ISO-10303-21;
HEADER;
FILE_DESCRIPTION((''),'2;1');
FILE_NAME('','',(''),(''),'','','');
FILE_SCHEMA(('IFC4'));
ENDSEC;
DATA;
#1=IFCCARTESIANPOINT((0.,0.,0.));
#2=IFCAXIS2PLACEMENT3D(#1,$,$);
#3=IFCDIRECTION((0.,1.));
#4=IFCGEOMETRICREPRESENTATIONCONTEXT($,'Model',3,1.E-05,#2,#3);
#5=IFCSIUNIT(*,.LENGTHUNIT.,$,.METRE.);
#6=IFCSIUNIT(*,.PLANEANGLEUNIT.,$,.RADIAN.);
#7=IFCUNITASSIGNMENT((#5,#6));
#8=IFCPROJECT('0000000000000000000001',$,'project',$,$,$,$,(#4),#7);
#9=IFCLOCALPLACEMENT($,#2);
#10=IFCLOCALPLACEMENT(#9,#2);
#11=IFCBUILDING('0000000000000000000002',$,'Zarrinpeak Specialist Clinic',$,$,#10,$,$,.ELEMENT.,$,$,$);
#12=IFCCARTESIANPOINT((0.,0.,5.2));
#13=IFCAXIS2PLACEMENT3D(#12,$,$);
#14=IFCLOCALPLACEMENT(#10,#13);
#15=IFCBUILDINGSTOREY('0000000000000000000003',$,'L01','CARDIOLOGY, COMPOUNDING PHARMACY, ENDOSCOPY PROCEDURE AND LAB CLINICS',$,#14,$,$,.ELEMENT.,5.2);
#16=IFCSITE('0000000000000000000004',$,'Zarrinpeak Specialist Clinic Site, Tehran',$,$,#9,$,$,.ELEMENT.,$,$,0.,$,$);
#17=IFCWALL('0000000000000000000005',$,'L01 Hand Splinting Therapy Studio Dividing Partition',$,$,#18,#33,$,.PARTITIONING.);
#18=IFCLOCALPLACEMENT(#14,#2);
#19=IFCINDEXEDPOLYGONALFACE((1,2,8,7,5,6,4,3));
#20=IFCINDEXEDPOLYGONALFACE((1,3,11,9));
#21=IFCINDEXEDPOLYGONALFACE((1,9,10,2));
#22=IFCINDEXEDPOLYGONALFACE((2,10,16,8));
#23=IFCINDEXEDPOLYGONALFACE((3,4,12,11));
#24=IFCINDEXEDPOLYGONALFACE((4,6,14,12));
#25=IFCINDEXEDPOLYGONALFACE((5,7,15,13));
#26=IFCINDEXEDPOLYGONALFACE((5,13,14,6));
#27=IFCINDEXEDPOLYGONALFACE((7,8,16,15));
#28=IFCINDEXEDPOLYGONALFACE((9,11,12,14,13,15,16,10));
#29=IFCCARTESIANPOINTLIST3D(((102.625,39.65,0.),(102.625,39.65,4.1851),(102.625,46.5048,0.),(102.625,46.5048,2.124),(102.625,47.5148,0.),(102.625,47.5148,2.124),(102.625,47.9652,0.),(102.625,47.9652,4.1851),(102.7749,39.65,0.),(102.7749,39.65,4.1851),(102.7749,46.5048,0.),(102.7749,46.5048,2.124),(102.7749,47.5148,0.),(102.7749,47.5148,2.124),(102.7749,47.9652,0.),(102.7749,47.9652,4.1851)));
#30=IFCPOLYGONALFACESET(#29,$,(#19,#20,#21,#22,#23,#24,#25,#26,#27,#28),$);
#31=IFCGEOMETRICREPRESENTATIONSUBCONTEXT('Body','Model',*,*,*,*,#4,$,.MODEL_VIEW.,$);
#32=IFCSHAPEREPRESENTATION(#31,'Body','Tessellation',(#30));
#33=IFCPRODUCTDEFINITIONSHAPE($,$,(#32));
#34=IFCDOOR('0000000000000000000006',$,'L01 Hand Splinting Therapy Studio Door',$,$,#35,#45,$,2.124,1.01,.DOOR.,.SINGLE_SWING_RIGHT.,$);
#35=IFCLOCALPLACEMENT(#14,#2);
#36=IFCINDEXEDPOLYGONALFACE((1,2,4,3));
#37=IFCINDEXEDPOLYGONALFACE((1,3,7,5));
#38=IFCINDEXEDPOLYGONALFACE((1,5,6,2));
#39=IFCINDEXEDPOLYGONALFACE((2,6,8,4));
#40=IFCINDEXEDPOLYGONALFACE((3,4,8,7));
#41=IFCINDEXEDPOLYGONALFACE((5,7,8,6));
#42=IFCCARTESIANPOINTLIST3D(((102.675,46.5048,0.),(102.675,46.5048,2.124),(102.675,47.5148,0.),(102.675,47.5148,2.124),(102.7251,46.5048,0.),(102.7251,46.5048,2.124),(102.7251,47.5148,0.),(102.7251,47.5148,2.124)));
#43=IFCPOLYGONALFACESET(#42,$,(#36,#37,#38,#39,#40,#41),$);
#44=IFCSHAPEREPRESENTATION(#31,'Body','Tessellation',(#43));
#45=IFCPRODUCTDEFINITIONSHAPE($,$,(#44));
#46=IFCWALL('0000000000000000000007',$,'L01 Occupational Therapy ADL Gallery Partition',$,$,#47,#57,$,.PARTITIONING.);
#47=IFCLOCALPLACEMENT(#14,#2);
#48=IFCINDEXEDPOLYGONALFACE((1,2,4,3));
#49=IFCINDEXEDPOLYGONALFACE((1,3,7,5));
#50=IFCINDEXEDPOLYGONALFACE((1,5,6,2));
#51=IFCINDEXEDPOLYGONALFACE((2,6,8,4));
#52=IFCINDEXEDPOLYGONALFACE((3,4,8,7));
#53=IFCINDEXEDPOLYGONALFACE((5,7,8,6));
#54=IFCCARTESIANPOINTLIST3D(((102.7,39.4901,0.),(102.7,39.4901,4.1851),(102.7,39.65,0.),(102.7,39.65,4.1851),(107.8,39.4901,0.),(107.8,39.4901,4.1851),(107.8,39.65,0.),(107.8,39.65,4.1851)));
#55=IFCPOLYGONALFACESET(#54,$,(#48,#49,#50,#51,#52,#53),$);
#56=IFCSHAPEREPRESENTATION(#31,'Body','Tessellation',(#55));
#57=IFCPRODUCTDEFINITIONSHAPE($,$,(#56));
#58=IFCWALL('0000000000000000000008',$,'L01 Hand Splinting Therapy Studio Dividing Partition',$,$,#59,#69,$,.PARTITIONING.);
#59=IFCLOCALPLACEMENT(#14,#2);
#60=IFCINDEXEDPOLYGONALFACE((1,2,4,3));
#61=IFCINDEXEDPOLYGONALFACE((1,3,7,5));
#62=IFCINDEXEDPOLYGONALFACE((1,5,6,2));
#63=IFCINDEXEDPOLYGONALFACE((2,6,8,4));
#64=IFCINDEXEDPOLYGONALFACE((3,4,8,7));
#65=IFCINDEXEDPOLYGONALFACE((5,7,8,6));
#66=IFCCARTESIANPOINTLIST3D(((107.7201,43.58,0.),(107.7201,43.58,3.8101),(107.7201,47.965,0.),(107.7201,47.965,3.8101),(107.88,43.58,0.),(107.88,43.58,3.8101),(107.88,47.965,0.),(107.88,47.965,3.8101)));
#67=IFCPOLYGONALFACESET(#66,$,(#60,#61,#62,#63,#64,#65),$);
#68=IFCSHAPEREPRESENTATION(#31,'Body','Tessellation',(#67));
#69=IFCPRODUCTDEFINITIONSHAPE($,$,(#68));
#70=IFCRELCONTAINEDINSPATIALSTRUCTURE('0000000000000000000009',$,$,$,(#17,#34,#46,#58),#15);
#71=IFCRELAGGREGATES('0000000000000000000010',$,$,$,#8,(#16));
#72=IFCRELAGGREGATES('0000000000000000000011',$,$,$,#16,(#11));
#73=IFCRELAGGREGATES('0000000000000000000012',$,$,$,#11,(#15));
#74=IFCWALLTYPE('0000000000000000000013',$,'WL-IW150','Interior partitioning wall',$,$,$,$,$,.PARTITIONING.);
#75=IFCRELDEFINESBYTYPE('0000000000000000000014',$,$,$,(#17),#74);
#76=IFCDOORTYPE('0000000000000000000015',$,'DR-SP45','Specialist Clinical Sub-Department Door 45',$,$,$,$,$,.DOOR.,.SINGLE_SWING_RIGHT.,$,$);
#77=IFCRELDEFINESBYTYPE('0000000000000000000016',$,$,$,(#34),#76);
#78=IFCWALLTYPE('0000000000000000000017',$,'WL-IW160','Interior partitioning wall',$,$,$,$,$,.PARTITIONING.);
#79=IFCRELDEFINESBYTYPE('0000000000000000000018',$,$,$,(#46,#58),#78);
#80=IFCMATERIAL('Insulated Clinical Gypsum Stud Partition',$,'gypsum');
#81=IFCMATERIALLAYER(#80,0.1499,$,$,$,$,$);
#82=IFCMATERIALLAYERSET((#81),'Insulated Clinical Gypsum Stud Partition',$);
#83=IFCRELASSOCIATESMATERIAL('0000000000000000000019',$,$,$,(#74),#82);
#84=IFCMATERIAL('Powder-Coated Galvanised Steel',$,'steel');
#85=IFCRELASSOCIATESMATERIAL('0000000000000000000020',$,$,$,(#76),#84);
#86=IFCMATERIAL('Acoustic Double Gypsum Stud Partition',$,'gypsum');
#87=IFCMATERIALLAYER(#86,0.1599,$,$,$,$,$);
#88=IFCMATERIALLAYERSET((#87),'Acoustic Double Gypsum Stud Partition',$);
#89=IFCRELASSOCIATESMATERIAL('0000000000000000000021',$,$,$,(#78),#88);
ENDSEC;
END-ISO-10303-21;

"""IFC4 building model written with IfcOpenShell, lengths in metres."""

from ifc_helpers import new_model, si_unit, direction, frame, frame_2d, origin, place, context, subcontext, project, spatial, rectangle, extrude, material, layer, layer_set, type_object, element, fill, save


model = new_model("IFC4")

# Units and contexts
model_context = context("Model", 3, precision=1e-05, world=origin(), true_north=direction((0.0, 1.0)))
body_context = subcontext(model_context, "Body", "Model", "MODEL_VIEW")
ifc_project = project(units=[si_unit("LENGTHUNIT", "METRE"), si_unit("PLANEANGLEUNIT", "RADIAN")], contexts=[model_context])

# Site, building, storey
site_placement = place(None, origin())
site = spatial("IfcSite", under=ifc_project, at=site_placement, Name="Zarrinpeak Specialist Clinic Site, Tehran", CompositionType="ELEMENT", RefElevation=0.0)
building_placement = place(site_placement, origin())
building = spatial("IfcBuilding", under=site, at=building_placement, Name="Zarrinpeak Specialist Clinic", CompositionType="ELEMENT")
storey_placement = place(building_placement, frame((0.0, 0.0, 5.2)))
storey = spatial("IfcBuildingStorey", under=building, at=storey_placement, Name="L01", Description="CARDIOLOGY, COMPOUNDING PHARMACY, ENDOSCOPY PROCEDURE AND LAB CLINICS", CompositionType="ELEMENT", Elevation=5.2)

# Wall, opening, door
ifc_material_1 = material(Name="Insulated Clinical Gypsum Stud Partition", Category="gypsum")
ifc_layer_1 = layer(ifc_material_1, 0.1499)
ifc_layer_set_1 = layer_set([ifc_layer_1], Name="Insulated Clinical Gypsum Stud Partition")
wall_type_1 = type_object("IfcWallType", Name="WL-IW150", Description="Interior partitioning wall", PredefinedType="PARTITIONING", material=ifc_layer_set_1)
wall_1_placement = place(storey_placement, frame((102.7, 39.6499, 0.0), z_axis=(0.0, 0.0, 1.0), x_axis=(0.0, 1.0, 0.0)))
wall_1 = element("IfcWall", 1, at=wall_1_placement, inside=storey, type_object=wall_type_1, Name="L01 Hand Splinting Therapy Studio Dividing Partition", PredefinedType="PARTITIONING", context=body_context, shape_type="SweptSolid", body=[
    extrude(rectangle(XDim=8.3152, YDim=0.1499, at=frame_2d((4.1577, 0.0))), origin(), (0.0, 0.0, 1.0), 4.1851),
])
opening_placement = place(wall_1_placement, frame((6.855, 0.0, 0.0)))
opening = element("IfcOpeningElement", 2, at=opening_placement, cuts=wall_1, PredefinedType="OPENING", context=body_context, shape_type="SweptSolid", body=[
    extrude(rectangle(XDim=1.01, YDim=2.124, at=frame_2d((0.5049, 1.062))), frame((0.0, 0.085, 0.0), z_axis=(0.0, -1.0, 0.0), x_axis=(1.0, 0.0, 0.0)), (0.0, 0.0, 1.0), 0.1699),
])
ifc_material_2 = material(Name="Powder-Coated Galvanised Steel", Category="steel")
door_type = type_object("IfcDoorType", Name="DR-SP45", Description="Specialist Clinical Sub-Department Door 45", OperationType="SINGLE_SWING_RIGHT", PredefinedType="DOOR", material=ifc_material_2)
door_placement = place(opening_placement, origin())
door = element("IfcDoor", 3, at=door_placement, inside=storey, type_object=door_type, Name="L01 Hand Splinting Therapy Studio Door", OperationType="SINGLE_SWING_RIGHT", OverallHeight=2.124, OverallWidth=1.01, PredefinedType="DOOR", context=body_context, shape_type="SweptSolid", body=[
    extrude(rectangle(XDim=1.01, YDim=2.124, at=frame_2d((0.5049, 1.062))), frame((0.0, 0.0249, 0.0), z_axis=(0.0, -1.0, 0.0), x_axis=(1.0, 0.0, 0.0)), (0.0, 0.0, 1.0), 0.05),
])
fill(opening, door)

# Walls
ifc_material_3 = material(Name="Acoustic Double Gypsum Stud Partition", Category="gypsum")
ifc_layer_2 = layer(ifc_material_3, 0.1599)
ifc_layer_set_2 = layer_set([ifc_layer_2], Name="Acoustic Double Gypsum Stud Partition")
wall_type_2 = type_object("IfcWallType", Name="WL-IW160", Description="Interior partitioning wall", PredefinedType="PARTITIONING", material=ifc_layer_set_2)
wall_2_placement = place(storey_placement, frame((102.7, 39.5701, 0.0), z_axis=(0.0, 0.0, 1.0), x_axis=(1.0, 0.0, 0.0)))
element("IfcWall", 4, at=wall_2_placement, inside=storey, type_object=wall_type_2, Name="L01 Occupational Therapy ADL Gallery Partition", PredefinedType="PARTITIONING", context=body_context, shape_type="SweptSolid", body=[
    extrude(rectangle(XDim=5.1001, YDim=0.1599, at=frame_2d((2.55, 0.0))), origin(), (0.0, 0.0, 1.0), 4.1851),
])
wall_3_placement = place(storey_placement, frame((107.8, 43.5801, 0.0), z_axis=(0.0, 0.0, 1.0), x_axis=(0.0, 1.0, 0.0)))
element("IfcWall", 5, at=wall_3_placement, inside=storey, type_object=wall_type_2, Name="L01 Hand Splinting Therapy Studio Dividing Partition", PredefinedType="PARTITIONING", context=body_context, shape_type="SweptSolid", body=[
    extrude(rectangle(XDim=4.385, YDim=0.1599, at=frame_2d((2.1924, 0.0))), origin(), (0.0, 0.0, 1.0), 3.8101),
])

save(model, "model.ifc")
